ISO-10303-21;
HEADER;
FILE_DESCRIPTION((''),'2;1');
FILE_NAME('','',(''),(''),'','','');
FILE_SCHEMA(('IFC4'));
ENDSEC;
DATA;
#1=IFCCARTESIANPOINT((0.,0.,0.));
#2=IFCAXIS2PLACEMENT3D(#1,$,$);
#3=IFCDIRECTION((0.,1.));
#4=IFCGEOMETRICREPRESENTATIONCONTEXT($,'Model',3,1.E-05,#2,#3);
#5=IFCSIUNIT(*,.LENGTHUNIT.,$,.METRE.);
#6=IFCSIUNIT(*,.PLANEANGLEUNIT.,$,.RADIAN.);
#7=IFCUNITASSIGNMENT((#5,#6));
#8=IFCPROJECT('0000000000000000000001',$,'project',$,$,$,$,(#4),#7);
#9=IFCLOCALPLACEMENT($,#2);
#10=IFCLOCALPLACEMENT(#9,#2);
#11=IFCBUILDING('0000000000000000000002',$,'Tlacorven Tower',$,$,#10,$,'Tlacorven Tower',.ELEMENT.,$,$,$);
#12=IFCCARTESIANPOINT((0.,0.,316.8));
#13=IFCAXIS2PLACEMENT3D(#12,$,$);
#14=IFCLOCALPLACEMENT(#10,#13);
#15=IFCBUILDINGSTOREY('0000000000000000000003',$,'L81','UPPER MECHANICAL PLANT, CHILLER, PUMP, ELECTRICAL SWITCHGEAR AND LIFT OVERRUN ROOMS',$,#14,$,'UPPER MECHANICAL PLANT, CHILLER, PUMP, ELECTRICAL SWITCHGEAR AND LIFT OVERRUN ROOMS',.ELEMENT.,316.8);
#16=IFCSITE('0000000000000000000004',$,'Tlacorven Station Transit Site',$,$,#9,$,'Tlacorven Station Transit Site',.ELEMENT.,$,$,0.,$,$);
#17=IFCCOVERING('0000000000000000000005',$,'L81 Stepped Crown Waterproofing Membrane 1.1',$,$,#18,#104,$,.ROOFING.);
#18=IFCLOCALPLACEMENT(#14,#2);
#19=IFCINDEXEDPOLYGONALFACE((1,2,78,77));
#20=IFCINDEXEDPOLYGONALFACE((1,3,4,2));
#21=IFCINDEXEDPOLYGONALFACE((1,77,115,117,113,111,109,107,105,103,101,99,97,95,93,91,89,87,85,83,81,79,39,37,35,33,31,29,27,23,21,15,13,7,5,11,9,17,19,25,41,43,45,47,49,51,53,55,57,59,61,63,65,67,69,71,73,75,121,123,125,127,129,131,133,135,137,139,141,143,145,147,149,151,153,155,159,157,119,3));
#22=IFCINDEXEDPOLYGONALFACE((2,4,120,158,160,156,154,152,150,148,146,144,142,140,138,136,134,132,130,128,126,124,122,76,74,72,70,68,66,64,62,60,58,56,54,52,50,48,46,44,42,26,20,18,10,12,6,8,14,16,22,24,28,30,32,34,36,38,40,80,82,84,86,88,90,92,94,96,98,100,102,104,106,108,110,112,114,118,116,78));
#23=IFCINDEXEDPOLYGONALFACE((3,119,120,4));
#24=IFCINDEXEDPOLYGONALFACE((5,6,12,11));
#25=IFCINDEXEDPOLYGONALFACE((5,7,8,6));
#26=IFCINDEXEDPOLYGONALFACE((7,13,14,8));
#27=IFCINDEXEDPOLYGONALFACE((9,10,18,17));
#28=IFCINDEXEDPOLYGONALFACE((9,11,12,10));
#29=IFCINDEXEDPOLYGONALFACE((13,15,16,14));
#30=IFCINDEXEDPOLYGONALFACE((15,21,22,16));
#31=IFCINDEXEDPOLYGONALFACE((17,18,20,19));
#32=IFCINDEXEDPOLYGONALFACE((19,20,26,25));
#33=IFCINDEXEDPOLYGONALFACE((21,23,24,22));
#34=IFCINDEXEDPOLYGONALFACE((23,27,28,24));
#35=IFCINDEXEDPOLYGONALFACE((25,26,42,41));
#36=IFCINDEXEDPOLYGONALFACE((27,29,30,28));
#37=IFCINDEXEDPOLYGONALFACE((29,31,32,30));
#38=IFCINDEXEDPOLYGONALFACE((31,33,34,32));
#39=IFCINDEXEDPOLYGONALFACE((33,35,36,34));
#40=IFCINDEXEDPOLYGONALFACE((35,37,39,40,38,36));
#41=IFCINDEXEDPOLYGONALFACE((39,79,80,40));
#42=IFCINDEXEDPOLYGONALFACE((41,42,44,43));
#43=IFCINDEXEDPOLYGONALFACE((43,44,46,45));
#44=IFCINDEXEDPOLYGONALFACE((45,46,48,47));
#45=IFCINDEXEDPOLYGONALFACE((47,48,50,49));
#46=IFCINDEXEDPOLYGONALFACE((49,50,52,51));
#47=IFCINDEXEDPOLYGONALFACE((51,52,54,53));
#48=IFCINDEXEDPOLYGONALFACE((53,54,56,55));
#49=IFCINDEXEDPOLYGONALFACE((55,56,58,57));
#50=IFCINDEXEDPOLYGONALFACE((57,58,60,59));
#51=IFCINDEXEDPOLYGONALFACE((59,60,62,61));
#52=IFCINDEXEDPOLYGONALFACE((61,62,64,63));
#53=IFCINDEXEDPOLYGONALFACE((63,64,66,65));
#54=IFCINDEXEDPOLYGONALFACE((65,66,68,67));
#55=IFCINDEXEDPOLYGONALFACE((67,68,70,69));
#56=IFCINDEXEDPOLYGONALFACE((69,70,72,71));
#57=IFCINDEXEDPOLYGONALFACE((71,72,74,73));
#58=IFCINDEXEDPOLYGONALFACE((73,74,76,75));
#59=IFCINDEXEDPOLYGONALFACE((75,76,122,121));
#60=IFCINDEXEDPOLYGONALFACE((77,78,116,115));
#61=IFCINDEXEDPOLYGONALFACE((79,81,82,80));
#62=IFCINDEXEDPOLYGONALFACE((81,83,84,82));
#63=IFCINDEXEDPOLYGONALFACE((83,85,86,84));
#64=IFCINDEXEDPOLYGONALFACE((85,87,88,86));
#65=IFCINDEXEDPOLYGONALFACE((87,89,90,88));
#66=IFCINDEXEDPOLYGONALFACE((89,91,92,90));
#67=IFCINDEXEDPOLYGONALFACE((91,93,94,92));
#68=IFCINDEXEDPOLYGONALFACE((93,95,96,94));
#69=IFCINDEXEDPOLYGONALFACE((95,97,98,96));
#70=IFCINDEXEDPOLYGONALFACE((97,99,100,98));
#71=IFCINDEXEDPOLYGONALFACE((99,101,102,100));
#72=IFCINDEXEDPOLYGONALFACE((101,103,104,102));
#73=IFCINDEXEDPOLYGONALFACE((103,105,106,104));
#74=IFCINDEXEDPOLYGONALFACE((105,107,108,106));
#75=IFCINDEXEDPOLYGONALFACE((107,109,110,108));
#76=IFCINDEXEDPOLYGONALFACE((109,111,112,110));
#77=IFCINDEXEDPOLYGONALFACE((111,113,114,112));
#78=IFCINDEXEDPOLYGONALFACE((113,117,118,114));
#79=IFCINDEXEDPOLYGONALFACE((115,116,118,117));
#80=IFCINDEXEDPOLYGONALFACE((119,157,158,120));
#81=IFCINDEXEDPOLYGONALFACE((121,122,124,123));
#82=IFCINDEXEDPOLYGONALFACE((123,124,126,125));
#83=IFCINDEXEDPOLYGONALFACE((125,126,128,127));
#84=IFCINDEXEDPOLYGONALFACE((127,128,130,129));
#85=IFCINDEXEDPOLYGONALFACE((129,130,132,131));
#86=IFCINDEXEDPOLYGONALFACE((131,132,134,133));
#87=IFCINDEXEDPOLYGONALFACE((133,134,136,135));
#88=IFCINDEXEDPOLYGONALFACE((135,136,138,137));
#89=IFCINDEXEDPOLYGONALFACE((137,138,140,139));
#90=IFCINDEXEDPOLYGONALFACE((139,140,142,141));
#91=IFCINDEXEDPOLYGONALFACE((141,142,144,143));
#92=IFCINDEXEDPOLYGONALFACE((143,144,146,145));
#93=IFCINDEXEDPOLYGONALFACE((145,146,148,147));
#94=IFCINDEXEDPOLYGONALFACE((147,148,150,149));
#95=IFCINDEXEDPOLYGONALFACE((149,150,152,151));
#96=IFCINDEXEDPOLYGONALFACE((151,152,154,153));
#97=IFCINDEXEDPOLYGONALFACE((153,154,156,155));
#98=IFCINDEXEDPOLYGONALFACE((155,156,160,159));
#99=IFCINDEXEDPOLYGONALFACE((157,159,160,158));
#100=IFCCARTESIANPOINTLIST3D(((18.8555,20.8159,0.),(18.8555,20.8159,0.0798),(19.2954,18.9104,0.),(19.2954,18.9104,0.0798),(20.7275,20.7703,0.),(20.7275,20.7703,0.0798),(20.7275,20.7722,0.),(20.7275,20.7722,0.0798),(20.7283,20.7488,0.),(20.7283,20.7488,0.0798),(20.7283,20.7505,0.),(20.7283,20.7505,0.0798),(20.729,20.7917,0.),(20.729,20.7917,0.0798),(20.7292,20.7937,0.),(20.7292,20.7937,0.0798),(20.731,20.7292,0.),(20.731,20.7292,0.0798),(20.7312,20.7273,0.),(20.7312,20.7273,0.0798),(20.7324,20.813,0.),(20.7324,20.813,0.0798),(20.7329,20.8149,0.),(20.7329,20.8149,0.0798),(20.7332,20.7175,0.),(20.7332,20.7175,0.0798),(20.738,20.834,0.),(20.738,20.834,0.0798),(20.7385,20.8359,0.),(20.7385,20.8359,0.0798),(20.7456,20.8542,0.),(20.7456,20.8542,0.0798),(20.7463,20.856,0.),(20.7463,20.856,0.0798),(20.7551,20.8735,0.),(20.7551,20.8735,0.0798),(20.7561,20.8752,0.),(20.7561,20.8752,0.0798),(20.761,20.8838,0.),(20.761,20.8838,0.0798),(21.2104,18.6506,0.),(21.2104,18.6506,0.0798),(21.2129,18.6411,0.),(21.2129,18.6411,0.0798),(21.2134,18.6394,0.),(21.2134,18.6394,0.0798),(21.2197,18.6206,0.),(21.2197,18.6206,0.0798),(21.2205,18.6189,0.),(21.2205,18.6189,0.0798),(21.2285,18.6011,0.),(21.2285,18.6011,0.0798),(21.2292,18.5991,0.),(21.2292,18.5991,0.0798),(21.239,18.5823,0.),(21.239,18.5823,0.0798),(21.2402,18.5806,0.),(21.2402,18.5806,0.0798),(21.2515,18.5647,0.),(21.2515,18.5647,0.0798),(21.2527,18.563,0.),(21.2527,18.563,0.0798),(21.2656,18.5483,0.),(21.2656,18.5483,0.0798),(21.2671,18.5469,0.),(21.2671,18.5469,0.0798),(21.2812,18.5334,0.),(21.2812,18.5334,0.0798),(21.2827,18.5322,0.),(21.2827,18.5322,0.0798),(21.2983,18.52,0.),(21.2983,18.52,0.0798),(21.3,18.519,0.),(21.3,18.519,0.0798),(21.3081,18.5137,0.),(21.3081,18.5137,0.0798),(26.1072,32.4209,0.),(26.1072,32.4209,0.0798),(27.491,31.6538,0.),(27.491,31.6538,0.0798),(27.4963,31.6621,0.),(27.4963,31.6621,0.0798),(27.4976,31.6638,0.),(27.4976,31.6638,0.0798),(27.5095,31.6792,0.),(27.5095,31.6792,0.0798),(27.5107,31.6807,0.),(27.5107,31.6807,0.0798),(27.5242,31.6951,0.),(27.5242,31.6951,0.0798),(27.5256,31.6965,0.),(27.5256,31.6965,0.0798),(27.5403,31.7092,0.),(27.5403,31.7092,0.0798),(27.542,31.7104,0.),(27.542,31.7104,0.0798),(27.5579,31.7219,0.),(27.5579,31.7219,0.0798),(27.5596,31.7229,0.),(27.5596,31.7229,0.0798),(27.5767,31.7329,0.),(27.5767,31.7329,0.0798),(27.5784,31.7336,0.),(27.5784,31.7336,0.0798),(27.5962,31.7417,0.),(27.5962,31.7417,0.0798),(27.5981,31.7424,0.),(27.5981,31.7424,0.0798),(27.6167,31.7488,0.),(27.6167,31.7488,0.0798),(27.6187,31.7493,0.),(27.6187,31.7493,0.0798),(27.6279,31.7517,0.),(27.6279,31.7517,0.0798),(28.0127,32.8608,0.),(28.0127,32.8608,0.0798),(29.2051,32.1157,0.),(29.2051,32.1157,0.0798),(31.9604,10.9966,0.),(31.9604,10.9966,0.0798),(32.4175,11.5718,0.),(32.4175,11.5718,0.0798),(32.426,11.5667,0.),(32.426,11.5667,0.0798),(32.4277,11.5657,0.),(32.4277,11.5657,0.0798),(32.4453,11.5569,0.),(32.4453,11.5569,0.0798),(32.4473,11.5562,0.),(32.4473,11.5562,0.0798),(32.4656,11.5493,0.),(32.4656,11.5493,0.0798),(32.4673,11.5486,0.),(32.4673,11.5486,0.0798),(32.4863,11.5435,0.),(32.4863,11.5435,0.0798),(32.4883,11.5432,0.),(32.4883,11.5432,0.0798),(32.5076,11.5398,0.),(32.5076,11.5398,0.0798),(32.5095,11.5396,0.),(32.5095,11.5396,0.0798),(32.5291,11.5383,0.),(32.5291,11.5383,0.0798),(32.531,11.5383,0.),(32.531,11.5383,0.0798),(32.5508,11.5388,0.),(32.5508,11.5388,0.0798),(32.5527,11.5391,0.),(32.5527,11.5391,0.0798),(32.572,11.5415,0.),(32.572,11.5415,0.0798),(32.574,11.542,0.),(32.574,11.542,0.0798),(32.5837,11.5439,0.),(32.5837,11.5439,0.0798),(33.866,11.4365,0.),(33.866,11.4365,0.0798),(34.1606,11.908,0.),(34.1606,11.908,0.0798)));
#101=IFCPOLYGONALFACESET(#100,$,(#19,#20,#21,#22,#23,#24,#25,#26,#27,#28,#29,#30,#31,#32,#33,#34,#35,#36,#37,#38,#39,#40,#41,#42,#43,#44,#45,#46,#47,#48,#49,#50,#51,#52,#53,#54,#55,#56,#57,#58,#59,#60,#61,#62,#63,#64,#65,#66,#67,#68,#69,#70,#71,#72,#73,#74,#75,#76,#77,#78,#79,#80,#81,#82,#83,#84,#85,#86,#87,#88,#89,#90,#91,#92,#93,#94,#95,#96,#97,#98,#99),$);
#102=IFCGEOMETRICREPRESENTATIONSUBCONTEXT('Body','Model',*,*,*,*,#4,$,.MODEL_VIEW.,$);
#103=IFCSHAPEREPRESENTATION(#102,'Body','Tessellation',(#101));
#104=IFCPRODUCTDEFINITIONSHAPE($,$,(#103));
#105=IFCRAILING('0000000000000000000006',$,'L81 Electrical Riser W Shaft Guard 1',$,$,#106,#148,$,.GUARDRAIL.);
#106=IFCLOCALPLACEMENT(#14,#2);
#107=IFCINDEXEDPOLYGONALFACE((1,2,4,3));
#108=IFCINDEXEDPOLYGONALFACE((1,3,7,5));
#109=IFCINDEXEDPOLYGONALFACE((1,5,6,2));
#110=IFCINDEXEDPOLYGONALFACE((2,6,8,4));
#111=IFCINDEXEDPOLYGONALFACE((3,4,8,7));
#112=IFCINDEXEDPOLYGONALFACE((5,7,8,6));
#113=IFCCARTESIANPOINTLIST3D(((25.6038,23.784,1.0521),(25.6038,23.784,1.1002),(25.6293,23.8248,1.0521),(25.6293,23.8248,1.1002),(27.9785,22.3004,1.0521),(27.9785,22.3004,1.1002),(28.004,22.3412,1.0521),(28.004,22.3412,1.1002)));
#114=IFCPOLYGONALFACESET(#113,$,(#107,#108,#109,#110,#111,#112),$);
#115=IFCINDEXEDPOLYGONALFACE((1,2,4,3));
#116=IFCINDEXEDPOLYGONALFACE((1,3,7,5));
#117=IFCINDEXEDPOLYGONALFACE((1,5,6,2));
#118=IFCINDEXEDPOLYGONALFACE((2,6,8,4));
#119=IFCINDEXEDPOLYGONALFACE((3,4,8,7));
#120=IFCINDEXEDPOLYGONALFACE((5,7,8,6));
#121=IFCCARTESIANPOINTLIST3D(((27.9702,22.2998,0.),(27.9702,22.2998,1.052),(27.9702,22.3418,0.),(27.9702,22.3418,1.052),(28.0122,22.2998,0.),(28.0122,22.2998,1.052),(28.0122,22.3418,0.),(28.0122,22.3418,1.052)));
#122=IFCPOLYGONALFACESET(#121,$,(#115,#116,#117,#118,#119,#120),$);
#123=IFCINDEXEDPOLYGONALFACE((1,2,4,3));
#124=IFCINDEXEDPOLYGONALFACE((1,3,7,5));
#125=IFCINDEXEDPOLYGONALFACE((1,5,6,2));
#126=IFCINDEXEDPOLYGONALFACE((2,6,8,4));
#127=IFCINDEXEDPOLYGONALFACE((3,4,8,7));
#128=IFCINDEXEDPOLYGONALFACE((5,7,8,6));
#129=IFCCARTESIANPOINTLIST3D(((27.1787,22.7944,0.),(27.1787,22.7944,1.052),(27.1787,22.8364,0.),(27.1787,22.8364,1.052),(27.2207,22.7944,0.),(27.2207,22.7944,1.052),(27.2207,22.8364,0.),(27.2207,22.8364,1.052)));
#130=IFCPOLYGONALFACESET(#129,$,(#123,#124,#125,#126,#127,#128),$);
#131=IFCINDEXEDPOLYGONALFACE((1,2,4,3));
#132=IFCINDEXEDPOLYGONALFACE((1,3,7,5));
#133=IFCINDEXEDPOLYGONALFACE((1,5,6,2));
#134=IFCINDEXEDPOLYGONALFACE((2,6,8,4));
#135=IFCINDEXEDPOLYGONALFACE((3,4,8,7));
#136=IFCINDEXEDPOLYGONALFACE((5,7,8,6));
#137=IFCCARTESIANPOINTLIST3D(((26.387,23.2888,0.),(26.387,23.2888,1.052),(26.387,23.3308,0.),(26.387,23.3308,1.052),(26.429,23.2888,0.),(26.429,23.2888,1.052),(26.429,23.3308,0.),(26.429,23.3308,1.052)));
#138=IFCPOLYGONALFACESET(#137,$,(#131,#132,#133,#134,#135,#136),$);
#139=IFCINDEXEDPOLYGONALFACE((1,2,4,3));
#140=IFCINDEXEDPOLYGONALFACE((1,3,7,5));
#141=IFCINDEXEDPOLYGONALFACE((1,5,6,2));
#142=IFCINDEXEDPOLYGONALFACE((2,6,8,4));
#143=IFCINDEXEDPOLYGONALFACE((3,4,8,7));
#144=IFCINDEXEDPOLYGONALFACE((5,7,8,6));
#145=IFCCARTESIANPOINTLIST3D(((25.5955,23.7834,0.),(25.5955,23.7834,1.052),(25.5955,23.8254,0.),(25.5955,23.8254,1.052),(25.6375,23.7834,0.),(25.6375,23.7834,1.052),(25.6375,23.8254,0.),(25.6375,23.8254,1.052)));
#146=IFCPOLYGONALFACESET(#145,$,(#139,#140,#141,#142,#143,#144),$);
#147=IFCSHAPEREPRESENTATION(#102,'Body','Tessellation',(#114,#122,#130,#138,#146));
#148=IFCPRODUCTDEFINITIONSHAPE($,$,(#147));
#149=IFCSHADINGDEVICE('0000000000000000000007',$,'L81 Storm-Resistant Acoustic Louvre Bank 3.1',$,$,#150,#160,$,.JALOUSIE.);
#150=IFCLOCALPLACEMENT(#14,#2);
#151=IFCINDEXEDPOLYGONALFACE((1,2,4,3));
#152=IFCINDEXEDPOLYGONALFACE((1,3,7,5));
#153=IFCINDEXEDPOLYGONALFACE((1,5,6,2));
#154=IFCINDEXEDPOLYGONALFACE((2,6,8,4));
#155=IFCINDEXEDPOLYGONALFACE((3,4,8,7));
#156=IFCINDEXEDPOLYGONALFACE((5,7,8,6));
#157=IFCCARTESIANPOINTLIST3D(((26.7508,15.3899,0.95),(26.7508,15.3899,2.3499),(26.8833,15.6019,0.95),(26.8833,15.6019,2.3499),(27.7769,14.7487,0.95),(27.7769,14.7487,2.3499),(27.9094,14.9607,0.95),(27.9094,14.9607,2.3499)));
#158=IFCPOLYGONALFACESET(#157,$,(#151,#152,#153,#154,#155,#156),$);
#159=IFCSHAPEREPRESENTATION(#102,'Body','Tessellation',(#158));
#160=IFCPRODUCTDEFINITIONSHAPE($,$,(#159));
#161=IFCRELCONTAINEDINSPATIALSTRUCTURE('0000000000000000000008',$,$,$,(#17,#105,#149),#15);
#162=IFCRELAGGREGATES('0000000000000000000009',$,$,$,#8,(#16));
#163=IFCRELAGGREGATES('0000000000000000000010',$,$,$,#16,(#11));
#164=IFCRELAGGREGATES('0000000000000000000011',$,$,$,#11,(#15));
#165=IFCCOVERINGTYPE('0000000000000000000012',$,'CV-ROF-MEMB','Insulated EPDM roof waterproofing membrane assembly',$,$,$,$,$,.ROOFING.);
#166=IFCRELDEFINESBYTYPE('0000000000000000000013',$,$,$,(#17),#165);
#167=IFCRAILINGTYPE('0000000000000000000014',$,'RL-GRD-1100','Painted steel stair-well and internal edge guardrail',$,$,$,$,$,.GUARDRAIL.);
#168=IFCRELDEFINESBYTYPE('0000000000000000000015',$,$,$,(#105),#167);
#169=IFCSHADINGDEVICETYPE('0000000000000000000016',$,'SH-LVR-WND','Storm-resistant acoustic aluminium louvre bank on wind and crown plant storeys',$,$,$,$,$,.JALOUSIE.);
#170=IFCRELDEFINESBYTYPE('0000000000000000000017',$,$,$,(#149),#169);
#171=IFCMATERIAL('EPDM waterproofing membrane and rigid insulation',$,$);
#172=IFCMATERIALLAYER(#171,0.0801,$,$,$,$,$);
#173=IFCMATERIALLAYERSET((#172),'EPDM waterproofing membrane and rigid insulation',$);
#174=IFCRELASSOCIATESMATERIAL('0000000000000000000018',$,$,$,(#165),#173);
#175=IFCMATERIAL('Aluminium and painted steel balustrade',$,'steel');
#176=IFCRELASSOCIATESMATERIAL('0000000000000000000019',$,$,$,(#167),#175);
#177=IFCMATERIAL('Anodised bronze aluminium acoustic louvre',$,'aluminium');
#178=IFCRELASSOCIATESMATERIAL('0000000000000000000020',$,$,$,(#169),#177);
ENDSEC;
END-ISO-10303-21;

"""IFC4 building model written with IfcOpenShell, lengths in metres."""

from ifc_helpers import new_model, si_unit, direction, frame, origin, origin_2d, place, context, subcontext, project, spatial, polyline, rectangle, outline, extrude, source, transform, mapped, material, layer, layer_set, type_object, element, save


model = new_model("IFC4")

# Units and contexts
model_context = context("Model", 3, precision=1e-05, world=origin(), true_north=direction((0.0, 1.0)))
body_context = subcontext(model_context, "Body", "Model", "MODEL_VIEW")
ifc_project = project(units=[si_unit("LENGTHUNIT", "METRE"), si_unit("PLANEANGLEUNIT", "RADIAN")], contexts=[model_context])

# Site, building, storey
site_placement = place(None, origin())
site = spatial("IfcSite", under=ifc_project, at=site_placement, Name="Tlacorven Station Transit Site", LongName="Tlacorven Station Transit Site", CompositionType="ELEMENT", RefElevation=0.0)
building_placement = place(site_placement, origin())
building = spatial("IfcBuilding", under=site, at=building_placement, Name="Tlacorven Tower", LongName="Tlacorven Tower", CompositionType="ELEMENT")
storey_placement = place(building_placement, frame((0.0, 0.0, 316.8)))
storey = spatial("IfcBuildingStorey", under=building, at=storey_placement, Name="L81", Description="UPPER MECHANICAL PLANT, CHILLER, PUMP, ELECTRICAL SWITCHGEAR AND LIFT OVERRUN ROOMS", LongName="UPPER MECHANICAL PLANT, CHILLER, PUMP, ELECTRICAL SWITCHGEAR AND LIFT OVERRUN ROOMS", CompositionType="ELEMENT", Elevation=316.8)

# Covering
ifc_material_1 = material(Name="EPDM waterproofing membrane and rigid insulation")
ifc_layer_1 = layer(ifc_material_1, 0.0801)
ifc_layer_set_1 = layer_set([ifc_layer_1], Name="EPDM waterproofing membrane and rigid insulation")
covering_type = type_object("IfcCoveringType", Name="CV-ROF-MEMB", Description="Insulated EPDM roof waterproofing membrane assembly", PredefinedType="ROOFING", material=ifc_layer_set_1)
covering_placement = place(storey_placement, origin())
element("IfcCovering", 1, at=covering_placement, inside=storey, type_object=covering_type, Name="L81 Stepped Crown Waterproofing Membrane 1.1", PredefinedType="ROOFING", context=body_context, shape_type="SweptSolid", body=[
    extrude(outline(polyline([(33.866, 11.4365), (31.9604, 10.9966), (19.2954, 18.9104), (18.8555, 20.8159), (26.1072, 32.4209), (28.0127, 32.8608), (29.2051, 32.1157), (27.6279, 31.7517), (27.6187, 31.7493), (27.6167, 31.7488), (27.5981, 31.7424), (27.5962, 31.7417), (27.5784, 31.7336), (27.5767, 31.7329), (27.5596, 31.7229), (27.5579, 31.7219), (27.542, 31.7104), (27.5403, 31.7092), (27.5256, 31.6965), (27.5242, 31.6951), (27.5107, 31.6807), (27.5095, 31.6792), (27.4976, 31.6638), (27.4963, 31.6621), (27.491, 31.6538), (20.761, 20.8838), (20.7561, 20.8752), (20.7551, 20.8735), (20.7463, 20.856), (20.7456, 20.8542), (20.7385, 20.8359), (20.738, 20.834), (20.7329, 20.8149), (20.7324, 20.813), (20.7292, 20.7937), (20.729, 20.7917), (20.7275, 20.7722), (20.7275, 20.7703), (20.7283, 20.7505), (20.7283, 20.7488), (20.731, 20.7292), (20.7312, 20.7273), (20.7332, 20.7175), (21.2104, 18.6506), (21.2129, 18.6411), (21.2134, 18.6394), (21.2197, 18.6206), (21.2205, 18.6189), (21.2285, 18.6011), (21.2292, 18.5991), (21.239, 18.5823), (21.2402, 18.5806), (21.2515, 18.5647), (21.2527, 18.563), (21.2656, 18.5483), (21.2671, 18.5469), (21.2812, 18.5334), (21.2827, 18.5322), (21.2983, 18.52), (21.3, 18.519), (21.3081, 18.5137), (32.4175, 11.5718), (32.426, 11.5667), (32.4277, 11.5657), (32.4453, 11.5569), (32.4473, 11.5562), (32.4656, 11.5493), (32.4673, 11.5486), (32.4863, 11.5435), (32.4883, 11.5432), (32.5076, 11.5398), (32.5095, 11.5396), (32.5291, 11.5383), (32.531, 11.5383), (32.5508, 11.5388), (32.5527, 11.5391), (32.572, 11.5415), (32.574, 11.542), (32.5837, 11.5439), (34.1606, 11.908), (33.866, 11.4365)])), origin(), (0.0, 0.0, 1.0), 0.0798),
])

# Railing
ifc_material_2 = material(Name="Aluminium and painted steel balustrade", Category="steel")
railing_type_1 = type_object("IfcRailingType", Name="RL-GRD-1100", Description="Painted steel stair-well and internal edge guardrail", PredefinedType="GUARDRAIL", material=ifc_material_2)
shared_shape_1 = source(origin(), body_context, "Body", "SweptSolid", [
    extrude(rectangle(XDim=0.0481, YDim=0.0481, at=origin_2d()), frame((0.0, 0.0, 1.0762), z_axis=(-0.848091, 0.52985, 0.0), x_axis=(-0.52985, -0.848091, 0.0)), (0.0, 0.0, 1.0), 2.8),
    extrude(rectangle(XDim=0.042, YDim=0.042, at=origin_2d()), origin(), (0.0, 0.0, 1.0), 1.052),
    extrude(rectangle(XDim=0.042, YDim=0.042, at=origin_2d()), frame((-0.7915, 0.4946, 0.0)), (0.0, 0.0, 1.0), 1.052),
    extrude(rectangle(XDim=0.042, YDim=0.042, at=origin_2d()), frame((-1.5833, 0.989, 0.0)), (0.0, 0.0, 1.0), 1.052),
    extrude(rectangle(XDim=0.042, YDim=0.042, at=origin_2d()), frame((-2.3748, 1.4836, 0.0)), (0.0, 0.0, 1.0), 1.052),
])
railing_1_placement = place(storey_placement, frame((27.9912, 22.3208, 0.0)))
element("IfcRailing", 2, at=railing_1_placement, inside=storey, type_object=railing_type_1, Name="L81 Electrical Riser W Shaft Guard 1", PredefinedType="GUARDRAIL", context=body_context, shape_type="MappedRepresentation", body=[
    mapped(shared_shape_1, transform((0.0, 0.0, 0.0), scale=1.0)),
])

# Shading device
ifc_material_3 = material(Name="Anodised bronze aluminium acoustic louvre", Category="aluminium")
shading_device_type = type_object("IfcShadingDeviceType", Name="SH-LVR-WND", Description="Storm-resistant acoustic aluminium louvre bank on wind and crown plant storeys", PredefinedType="JALOUSIE", material=ifc_material_3)
shared_shape_2 = source(origin(), body_context, "Body", "SweptSolid", [
    extrude(rectangle(XDim=1.21, YDim=0.25, at=origin_2d()), origin(), (0.0, 0.0, 1.0), 1.3999),
])
shading_device_placement = place(storey_placement, frame((27.3301, 15.1753, 0.95), z_axis=(0.0, 0.0, 1.0), x_axis=(-0.848048, 0.529919, 0.0)))
element("IfcShadingDevice", 3, at=shading_device_placement, inside=storey, type_object=shading_device_type, Name="L81 Storm-Resistant Acoustic Louvre Bank 3.1", PredefinedType="JALOUSIE", context=body_context, shape_type="MappedRepresentation", body=[
    mapped(shared_shape_2, transform((0.0, 0.0, 0.0), scale=1.0)),
])

save(model, "model.ifc")
